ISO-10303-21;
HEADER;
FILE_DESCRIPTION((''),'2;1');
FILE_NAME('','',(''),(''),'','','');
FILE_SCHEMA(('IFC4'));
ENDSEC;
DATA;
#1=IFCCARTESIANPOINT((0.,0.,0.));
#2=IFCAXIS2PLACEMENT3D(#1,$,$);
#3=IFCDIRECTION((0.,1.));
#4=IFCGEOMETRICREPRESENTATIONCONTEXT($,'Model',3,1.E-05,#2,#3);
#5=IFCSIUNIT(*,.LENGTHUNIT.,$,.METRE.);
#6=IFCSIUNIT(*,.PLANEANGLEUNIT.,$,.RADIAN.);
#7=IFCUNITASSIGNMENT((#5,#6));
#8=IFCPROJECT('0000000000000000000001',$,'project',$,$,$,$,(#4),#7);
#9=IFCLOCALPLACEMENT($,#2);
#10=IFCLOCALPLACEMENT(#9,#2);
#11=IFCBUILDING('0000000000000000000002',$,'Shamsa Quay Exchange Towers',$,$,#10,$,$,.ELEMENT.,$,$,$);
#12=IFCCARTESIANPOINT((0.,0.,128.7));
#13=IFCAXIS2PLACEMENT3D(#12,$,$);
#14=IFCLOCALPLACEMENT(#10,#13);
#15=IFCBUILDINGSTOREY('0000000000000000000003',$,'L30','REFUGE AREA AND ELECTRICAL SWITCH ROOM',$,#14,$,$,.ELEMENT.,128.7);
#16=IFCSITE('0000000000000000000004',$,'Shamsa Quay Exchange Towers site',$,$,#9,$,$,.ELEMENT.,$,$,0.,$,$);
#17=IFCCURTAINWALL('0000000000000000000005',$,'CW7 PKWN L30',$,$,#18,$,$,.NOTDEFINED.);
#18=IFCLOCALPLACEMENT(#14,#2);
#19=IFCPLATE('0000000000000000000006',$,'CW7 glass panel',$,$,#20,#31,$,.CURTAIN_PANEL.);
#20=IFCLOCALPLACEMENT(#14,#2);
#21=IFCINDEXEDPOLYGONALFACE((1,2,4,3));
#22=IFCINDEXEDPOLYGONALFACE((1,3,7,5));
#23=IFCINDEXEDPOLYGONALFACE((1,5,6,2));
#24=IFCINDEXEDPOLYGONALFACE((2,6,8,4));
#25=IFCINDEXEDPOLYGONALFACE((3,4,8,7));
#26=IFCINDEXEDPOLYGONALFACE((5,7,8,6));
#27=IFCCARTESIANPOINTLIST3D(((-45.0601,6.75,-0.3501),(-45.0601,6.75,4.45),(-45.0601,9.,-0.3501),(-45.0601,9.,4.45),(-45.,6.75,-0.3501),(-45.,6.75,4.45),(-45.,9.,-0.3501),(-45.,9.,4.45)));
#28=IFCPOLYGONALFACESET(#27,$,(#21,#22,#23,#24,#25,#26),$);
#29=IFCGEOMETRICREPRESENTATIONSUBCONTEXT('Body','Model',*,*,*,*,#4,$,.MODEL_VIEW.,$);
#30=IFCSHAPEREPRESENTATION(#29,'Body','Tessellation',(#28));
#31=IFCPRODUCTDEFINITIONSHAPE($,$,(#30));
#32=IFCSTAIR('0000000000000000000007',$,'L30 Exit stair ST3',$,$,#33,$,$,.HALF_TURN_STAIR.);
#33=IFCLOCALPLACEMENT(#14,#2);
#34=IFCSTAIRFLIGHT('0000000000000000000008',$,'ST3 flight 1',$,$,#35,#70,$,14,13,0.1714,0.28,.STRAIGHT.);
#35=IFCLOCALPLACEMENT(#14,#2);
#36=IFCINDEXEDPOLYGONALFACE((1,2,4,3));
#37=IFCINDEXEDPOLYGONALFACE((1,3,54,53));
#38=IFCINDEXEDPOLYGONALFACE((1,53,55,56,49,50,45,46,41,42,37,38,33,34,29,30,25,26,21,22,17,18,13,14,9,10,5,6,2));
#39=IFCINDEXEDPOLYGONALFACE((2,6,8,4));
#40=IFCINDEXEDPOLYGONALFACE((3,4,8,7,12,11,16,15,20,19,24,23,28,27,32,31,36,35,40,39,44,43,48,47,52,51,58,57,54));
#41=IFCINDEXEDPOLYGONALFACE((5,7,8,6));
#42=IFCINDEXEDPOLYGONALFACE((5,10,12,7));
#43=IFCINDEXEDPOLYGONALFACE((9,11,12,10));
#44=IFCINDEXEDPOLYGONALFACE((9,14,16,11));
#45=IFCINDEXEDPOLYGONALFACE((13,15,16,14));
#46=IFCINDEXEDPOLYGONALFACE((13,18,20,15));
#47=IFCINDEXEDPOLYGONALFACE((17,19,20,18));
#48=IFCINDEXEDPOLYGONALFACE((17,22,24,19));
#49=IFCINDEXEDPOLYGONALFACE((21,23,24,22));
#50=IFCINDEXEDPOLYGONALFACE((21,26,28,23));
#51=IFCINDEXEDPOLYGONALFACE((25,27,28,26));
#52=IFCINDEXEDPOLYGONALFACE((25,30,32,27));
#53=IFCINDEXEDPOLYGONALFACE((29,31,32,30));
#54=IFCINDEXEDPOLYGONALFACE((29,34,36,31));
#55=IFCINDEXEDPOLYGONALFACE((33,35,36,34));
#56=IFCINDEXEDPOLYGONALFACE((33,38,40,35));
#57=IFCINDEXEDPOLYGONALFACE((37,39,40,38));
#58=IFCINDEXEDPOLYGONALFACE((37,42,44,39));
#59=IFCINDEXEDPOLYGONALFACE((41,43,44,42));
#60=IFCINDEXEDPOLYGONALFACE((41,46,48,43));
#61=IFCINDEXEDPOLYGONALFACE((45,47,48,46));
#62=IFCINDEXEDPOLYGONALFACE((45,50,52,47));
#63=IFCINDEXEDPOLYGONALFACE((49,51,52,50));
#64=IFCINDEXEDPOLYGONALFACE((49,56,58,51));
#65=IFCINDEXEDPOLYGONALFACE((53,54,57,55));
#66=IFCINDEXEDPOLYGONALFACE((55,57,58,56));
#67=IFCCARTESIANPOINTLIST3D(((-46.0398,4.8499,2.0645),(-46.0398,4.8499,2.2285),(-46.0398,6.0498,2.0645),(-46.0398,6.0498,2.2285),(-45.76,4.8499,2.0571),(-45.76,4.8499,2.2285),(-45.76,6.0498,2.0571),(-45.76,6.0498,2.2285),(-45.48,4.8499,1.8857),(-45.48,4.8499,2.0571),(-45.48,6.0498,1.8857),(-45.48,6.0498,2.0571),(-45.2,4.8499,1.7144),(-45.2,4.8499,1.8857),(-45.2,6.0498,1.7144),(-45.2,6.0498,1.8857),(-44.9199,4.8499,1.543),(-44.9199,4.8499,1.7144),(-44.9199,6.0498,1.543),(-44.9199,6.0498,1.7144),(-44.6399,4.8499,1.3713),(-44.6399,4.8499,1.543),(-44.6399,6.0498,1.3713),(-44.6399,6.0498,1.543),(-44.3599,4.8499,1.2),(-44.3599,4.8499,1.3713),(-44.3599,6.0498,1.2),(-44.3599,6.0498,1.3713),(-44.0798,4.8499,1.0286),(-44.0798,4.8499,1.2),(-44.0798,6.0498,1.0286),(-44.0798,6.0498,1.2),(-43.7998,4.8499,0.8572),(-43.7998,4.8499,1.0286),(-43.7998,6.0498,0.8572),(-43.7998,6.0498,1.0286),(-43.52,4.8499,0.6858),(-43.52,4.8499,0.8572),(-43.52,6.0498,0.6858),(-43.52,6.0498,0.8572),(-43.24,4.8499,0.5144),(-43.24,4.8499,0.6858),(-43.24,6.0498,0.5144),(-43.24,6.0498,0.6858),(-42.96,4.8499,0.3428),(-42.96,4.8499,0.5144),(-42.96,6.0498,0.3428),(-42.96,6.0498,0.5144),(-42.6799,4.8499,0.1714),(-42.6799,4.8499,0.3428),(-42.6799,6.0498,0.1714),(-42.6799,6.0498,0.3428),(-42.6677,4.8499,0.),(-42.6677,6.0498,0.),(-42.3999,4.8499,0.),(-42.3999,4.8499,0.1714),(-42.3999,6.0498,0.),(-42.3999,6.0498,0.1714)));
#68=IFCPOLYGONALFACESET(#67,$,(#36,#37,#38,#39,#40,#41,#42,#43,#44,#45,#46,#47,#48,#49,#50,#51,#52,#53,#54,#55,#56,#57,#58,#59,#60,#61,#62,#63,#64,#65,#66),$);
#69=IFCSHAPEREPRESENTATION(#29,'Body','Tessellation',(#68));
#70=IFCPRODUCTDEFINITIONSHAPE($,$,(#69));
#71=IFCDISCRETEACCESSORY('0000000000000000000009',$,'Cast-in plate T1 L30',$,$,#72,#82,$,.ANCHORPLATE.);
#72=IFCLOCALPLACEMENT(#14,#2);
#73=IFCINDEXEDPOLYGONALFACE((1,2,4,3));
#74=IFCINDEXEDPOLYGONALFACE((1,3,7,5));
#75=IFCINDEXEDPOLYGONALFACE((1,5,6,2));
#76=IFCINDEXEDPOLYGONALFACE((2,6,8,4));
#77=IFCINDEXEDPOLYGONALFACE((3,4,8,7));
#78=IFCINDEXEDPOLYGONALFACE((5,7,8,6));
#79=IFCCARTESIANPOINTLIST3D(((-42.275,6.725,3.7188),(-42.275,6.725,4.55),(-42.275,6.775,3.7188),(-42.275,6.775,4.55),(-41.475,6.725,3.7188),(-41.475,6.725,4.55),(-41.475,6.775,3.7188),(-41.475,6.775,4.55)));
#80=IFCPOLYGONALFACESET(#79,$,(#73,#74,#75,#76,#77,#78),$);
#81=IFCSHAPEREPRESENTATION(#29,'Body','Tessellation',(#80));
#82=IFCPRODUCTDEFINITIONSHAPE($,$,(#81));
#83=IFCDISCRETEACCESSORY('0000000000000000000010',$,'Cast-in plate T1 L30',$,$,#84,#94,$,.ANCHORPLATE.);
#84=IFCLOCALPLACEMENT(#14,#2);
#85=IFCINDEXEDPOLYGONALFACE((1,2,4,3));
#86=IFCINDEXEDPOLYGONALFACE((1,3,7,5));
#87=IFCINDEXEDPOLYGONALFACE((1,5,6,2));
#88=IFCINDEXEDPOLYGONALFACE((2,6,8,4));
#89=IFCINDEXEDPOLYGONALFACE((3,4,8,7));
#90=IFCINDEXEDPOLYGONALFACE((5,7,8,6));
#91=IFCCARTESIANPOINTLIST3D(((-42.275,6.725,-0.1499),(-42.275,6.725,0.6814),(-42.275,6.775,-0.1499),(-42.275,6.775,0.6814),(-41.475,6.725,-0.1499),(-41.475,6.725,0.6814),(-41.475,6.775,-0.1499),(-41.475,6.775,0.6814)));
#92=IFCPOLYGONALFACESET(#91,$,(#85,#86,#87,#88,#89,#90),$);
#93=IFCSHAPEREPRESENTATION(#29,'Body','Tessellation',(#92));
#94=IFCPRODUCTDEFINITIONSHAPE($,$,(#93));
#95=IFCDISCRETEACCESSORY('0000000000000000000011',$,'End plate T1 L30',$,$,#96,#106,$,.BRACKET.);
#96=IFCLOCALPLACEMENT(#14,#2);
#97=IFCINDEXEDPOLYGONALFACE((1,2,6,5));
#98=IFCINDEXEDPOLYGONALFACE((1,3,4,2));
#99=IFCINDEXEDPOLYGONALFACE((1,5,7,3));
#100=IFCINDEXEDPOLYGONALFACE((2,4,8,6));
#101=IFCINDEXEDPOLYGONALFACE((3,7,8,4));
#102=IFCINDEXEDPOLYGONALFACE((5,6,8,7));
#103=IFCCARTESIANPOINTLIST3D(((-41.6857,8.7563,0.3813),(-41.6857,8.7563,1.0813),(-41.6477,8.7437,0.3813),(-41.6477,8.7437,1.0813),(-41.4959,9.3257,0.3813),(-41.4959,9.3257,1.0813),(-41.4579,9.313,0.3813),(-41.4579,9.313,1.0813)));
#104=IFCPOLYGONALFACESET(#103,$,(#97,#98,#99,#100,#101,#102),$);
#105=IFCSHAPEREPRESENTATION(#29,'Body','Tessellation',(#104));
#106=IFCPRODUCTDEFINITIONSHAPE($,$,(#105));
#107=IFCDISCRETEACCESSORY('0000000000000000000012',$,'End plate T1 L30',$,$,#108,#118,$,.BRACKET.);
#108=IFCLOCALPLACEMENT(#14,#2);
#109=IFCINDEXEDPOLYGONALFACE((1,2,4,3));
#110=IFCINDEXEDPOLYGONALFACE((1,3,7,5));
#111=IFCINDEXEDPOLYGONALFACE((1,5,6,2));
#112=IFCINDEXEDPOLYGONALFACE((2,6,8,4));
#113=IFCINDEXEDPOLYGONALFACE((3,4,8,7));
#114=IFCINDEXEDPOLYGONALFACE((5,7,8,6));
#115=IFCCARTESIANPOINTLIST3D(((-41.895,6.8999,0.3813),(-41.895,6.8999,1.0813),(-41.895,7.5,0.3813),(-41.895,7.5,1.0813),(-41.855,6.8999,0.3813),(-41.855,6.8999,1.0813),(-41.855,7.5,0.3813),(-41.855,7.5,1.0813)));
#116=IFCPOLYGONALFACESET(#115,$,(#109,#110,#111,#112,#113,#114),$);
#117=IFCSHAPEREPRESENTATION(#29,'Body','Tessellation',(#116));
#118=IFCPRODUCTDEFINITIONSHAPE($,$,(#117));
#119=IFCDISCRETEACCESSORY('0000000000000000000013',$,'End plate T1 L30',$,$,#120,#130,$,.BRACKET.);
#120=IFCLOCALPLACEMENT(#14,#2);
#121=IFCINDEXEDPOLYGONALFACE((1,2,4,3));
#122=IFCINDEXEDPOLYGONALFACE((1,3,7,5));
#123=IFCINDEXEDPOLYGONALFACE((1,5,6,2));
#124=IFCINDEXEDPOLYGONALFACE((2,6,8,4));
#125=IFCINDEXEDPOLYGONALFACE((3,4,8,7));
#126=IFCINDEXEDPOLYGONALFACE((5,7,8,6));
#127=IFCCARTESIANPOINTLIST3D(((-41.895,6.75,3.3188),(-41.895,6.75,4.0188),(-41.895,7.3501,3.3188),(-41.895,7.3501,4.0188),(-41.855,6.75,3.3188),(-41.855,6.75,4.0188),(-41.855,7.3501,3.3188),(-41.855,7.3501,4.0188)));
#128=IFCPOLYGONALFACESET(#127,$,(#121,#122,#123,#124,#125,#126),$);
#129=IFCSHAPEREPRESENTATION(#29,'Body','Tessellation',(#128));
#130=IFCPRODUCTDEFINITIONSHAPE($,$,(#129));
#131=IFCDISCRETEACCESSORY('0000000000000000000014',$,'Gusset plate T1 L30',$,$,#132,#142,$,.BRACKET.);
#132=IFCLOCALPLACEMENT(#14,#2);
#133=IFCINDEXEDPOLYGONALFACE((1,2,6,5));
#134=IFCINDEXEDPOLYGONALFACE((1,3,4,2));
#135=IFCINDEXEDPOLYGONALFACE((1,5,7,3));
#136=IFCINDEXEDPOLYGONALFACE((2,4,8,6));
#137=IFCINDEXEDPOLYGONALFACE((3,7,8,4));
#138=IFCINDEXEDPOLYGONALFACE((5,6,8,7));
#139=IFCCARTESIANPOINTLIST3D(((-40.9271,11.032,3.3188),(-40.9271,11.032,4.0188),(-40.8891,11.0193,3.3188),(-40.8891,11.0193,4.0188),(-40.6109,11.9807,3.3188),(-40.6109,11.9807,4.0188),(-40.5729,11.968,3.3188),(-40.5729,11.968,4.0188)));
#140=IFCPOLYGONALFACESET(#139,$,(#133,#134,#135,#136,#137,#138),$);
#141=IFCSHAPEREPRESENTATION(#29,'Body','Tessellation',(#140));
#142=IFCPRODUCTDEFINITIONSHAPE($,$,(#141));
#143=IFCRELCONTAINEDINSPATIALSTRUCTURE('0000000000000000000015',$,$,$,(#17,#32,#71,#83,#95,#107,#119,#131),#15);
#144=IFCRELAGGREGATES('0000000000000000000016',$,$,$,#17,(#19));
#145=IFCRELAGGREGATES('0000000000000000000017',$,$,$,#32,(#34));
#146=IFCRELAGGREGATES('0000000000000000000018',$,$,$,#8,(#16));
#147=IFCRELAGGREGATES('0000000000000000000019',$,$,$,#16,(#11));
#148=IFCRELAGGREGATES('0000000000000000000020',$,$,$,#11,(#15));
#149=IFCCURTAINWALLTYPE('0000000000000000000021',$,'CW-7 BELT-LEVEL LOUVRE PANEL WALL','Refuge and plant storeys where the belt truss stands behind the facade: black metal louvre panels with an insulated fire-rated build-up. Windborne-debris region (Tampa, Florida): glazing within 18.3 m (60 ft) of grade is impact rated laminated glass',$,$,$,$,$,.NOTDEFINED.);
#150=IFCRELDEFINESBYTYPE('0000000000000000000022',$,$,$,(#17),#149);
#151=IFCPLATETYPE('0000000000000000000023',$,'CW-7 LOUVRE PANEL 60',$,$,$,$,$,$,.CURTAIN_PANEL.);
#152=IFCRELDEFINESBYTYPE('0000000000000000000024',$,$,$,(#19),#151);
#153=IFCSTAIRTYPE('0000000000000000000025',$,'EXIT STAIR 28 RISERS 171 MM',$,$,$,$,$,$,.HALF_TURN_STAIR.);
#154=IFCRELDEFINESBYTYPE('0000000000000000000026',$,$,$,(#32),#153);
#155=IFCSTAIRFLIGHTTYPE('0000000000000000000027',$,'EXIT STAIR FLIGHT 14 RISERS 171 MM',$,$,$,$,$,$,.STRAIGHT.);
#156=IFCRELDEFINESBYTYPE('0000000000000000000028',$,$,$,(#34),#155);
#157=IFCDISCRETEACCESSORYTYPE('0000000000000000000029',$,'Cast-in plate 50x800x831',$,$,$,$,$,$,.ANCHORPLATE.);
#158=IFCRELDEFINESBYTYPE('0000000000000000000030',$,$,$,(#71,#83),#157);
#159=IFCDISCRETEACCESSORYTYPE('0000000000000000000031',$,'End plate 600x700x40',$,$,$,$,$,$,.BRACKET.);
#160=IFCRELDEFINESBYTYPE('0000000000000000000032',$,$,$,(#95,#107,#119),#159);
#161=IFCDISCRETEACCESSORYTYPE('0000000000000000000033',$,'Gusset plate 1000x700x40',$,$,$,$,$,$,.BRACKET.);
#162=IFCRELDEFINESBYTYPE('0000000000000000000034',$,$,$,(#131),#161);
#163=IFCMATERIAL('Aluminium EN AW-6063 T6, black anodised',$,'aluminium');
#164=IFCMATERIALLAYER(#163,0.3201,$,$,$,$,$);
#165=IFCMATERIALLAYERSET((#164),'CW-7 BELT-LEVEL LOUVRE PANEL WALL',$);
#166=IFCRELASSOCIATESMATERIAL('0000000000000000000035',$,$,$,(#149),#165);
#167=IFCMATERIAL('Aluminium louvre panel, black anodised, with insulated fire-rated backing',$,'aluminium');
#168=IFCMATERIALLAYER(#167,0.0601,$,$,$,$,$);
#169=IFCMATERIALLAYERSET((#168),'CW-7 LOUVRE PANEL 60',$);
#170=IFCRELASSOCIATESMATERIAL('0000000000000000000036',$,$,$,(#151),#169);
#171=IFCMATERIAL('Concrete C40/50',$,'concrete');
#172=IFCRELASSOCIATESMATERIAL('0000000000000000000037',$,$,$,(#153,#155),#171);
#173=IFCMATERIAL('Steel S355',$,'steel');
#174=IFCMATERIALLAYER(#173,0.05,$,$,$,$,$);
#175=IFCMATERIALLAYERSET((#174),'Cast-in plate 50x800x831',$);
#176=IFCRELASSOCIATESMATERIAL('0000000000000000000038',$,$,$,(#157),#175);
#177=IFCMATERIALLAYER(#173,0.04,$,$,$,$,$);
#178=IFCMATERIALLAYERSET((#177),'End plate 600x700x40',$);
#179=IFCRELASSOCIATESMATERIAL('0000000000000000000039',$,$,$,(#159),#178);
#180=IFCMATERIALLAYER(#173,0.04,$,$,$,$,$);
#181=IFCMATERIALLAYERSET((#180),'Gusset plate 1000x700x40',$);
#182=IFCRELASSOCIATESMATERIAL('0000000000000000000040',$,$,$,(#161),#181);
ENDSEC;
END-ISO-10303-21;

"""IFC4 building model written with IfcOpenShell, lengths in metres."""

from ifc_helpers import new_model, si_unit, direction, frame, origin, origin_2d, place, context, subcontext, project, spatial, polyline, rectangle, outline, extrude, material, layer, layer_set, type_object, element, aggregate, save


model = new_model("IFC4")

# Units and contexts
model_context = context("Model", 3, precision=1e-05, world=origin(), true_north=direction((0.0, 1.0)))
body_context = subcontext(model_context, "Body", "Model", "MODEL_VIEW")
ifc_project = project(units=[si_unit("LENGTHUNIT", "METRE"), si_unit("PLANEANGLEUNIT", "RADIAN")], contexts=[model_context])

# Site, building, storey
site_placement = place(None, origin())
site = spatial("IfcSite", under=ifc_project, at=site_placement, Name="Shamsa Quay Exchange Towers site", CompositionType="ELEMENT", RefElevation=0.0)
building_placement = place(site_placement, origin())
building = spatial("IfcBuilding", under=site, at=building_placement, Name="Shamsa Quay Exchange Towers", CompositionType="ELEMENT")
storey_placement = place(building_placement, frame((0.0, 0.0, 128.7)))
storey = spatial("IfcBuildingStorey", under=building, at=storey_placement, Name="L30", Description="REFUGE AREA AND ELECTRICAL SWITCH ROOM", CompositionType="ELEMENT", Elevation=128.7)

# Shared definitions
ifc_material_1 = material(Name="Steel S355", Category="steel")

# Curtain wall, plate
ifc_material_2 = material(Name="Aluminium EN AW-6063 T6, black anodised", Category="aluminium")
ifc_layer_1 = layer(ifc_material_2, 0.3201)
ifc_layer_set_1 = layer_set([ifc_layer_1], Name="CW-7 BELT-LEVEL LOUVRE PANEL WALL")
curtain_wall_type = type_object("IfcCurtainWallType", Name="CW-7 BELT-LEVEL LOUVRE PANEL WALL", Description="Refuge and plant storeys where the belt truss stands behind the facade: black metal louvre panels with an insulated fire-rated build-up. Windborne-debris region (Tampa, Florida): glazing within 18.3 m (60 ft) of grade is impact rated laminated glass", PredefinedType="NOTDEFINED", material=ifc_layer_set_1)
curtain_wall_placement = place(storey_placement, origin())
curtain_wall = element("IfcCurtainWall", 1, at=curtain_wall_placement, inside=storey, type_object=curtain_wall_type, Name="CW7 PKWN L30", PredefinedType="NOTDEFINED")
ifc_material_3 = material(Name="Aluminium louvre panel, black anodised, with insulated fire-rated backing", Category="aluminium")
ifc_layer_2 = layer(ifc_material_3, 0.0601)
ifc_layer_set_2 = layer_set([ifc_layer_2], Name="CW-7 LOUVRE PANEL 60")
plate_type = type_object("IfcPlateType", Name="CW-7 LOUVRE PANEL 60", PredefinedType="CURTAIN_PANEL", material=ifc_layer_set_2)
plate_1_placement = place(storey_placement, frame((-45.03, 7.875, -0.3501), z_axis=(0.0, 0.0, 1.0), x_axis=(0.0, -1.0, 0.0)))
plate_1 = element("IfcPlate", 2, at=plate_1_placement, type_object=plate_type, Name="CW7 glass panel", PredefinedType="CURTAIN_PANEL", context=body_context, shape_type="SweptSolid", body=[
    extrude(rectangle(XDim=2.25, YDim=0.0601, at=origin_2d()), origin(), (0.0, 0.0, 1.0), 4.8),
])
aggregate(curtain_wall, [plate_1])

# Stair, stair flight
ifc_material_4 = material(Name="Concrete C40/50", Category="concrete")
stair_type = type_object("IfcStairType", Name="EXIT STAIR 28 RISERS 171 MM", PredefinedType="HALF_TURN_STAIR", material=ifc_material_4)
stair_placement = place(storey_placement, origin())
stair = element("IfcStair", 3, at=stair_placement, inside=storey, type_object=stair_type, Name="L30 Exit stair ST3", PredefinedType="HALF_TURN_STAIR")
stair_flight_type = type_object("IfcStairFlightType", Name="EXIT STAIR FLIGHT 14 RISERS 171 MM", PredefinedType="STRAIGHT", material=ifc_material_4)
stair_flight_placement = place(storey_placement, frame((-42.3999, 5.45, 0.0), z_axis=(0.0, 0.0, 1.0), x_axis=(-1.0, 0.0, 0.0)))
stair_flight = element("IfcStairFlight", 4, at=stair_flight_placement, type_object=stair_flight_type, Name="ST3 flight 1", NumberOfRisers=14, NumberOfTreads=13, PredefinedType="STRAIGHT", RiserHeight=0.1714, TreadLength=0.28, context=body_context, shape_type="SweptSolid", body=[
    extrude(outline(polyline([(0.0, 0.0), (0.0, 0.1714), (0.28, 0.1714), (0.28, 0.3428), (0.5601, 0.3428), (0.5601, 0.5144), (0.8401, 0.5144), (0.8401, 0.6858), (1.1201, 0.6858), (1.1201, 0.8572), (1.3999, 0.8572), (1.3999, 1.0286), (1.6799, 1.0286), (1.6799, 1.2), (1.96, 1.2), (1.96, 1.3713), (2.24, 1.3713), (2.24, 1.543), (2.52, 1.543), (2.52, 1.7144), (2.8, 1.7144), (2.8, 1.8857), (3.0801, 1.8857), (3.0801, 2.0571), (3.3601, 2.0571), (3.3601, 2.2285), (3.6399, 2.2285), (3.6399, 2.3999), (3.6399, 2.0645), (0.2678, 0.0), (0.0, 0.0)])), frame((0.0, 0.6001, 0.0), z_axis=(0.0, -1.0, 0.0), x_axis=(1.0, 0.0, 0.0)), (0.0, 0.0, 1.0), 1.2),
])
aggregate(stair, [stair_flight])

# Discrete accessories
ifc_layer_3 = layer(ifc_material_1, 0.05)
ifc_layer_set_3 = layer_set([ifc_layer_3], Name="Cast-in plate 50x800x831")
discrete_accessory_type_1 = type_object("IfcDiscreteAccessoryType", Name="Cast-in plate 50x800x831", PredefinedType="ANCHORPLATE", material=ifc_layer_set_3)
for number, where, z_axis, x_axis, name in (
    (5, (-41.875, 6.75, 3.7188), (0.0, 0.0, 1.0), (0.0, -1.0, 0.0), "Cast-in plate T1 L30"),
    (6, (-41.875, 6.75, -0.1499), (0.0, 0.0, 1.0), (0.0, -1.0, 0.0), "Cast-in plate T1 L30"),
):
    element("IfcDiscreteAccessory", number, at=place(storey_placement, frame(where, z_axis=z_axis, x_axis=x_axis)), inside=storey, type_object=discrete_accessory_type_1, Name=name, PredefinedType="ANCHORPLATE", context=body_context, shape_type="SweptSolid", body=[
        extrude(rectangle(XDim=0.05, YDim=0.8, at=origin_2d()), origin(), (0.0, 0.0, 1.0), 0.8313),
    ])
ifc_layer_4 = layer(ifc_material_1, 0.04)
ifc_layer_set_4 = layer_set([ifc_layer_4], Name="End plate 600x700x40")
discrete_accessory_type_2 = type_object("IfcDiscreteAccessoryType", Name="End plate 600x700x40", PredefinedType="BRACKET", material=ifc_layer_set_4)
for number, where, z_axis, x_axis, name in (
    (7, (-41.5718, 9.0347, 0.3813), (0.0, 0.0, 1.0), (-0.316228, -0.948683, 0.0), "End plate T1 L30"),
    (8, (-41.875, 7.2, 0.3813), (0.0, 0.0, 1.0), (0.0, -1.0, 0.0), "End plate T1 L30"),
    (9, (-41.875, 7.05, 3.3188), (0.0, 0.0, 1.0), (0.0, -1.0, 0.0), "End plate T1 L30"),
):
    element("IfcDiscreteAccessory", number, at=place(storey_placement, frame(where, z_axis=z_axis, x_axis=x_axis)), inside=storey, type_object=discrete_accessory_type_2, Name=name, PredefinedType="BRACKET", context=body_context, shape_type="SweptSolid", body=[
        extrude(rectangle(XDim=0.6001, YDim=0.04, at=origin_2d()), origin(), (0.0, 0.0, 1.0), 0.7),
    ])
ifc_layer_5 = layer(ifc_material_1, 0.04)
ifc_layer_set_5 = layer_set([ifc_layer_5], Name="Gusset plate 1000x700x40")
discrete_accessory_type_3 = type_object("IfcDiscreteAccessoryType", Name="Gusset plate 1000x700x40", PredefinedType="BRACKET", material=ifc_layer_set_5)
discrete_accessory_placement = place(storey_placement, frame((-40.75, 11.5, 3.3188), z_axis=(0.0, 0.0, 1.0), x_axis=(-0.316228, -0.948683, 0.0)))
element("IfcDiscreteAccessory", 10, at=discrete_accessory_placement, inside=storey, type_object=discrete_accessory_type_3, Name="Gusset plate T1 L30", PredefinedType="BRACKET", context=body_context, shape_type="SweptSolid", body=[
    extrude(rectangle(XDim=1.0, YDim=0.04, at=origin_2d()), origin(), (0.0, 0.0, 1.0), 0.7),
])

save(model, "model.ifc")
